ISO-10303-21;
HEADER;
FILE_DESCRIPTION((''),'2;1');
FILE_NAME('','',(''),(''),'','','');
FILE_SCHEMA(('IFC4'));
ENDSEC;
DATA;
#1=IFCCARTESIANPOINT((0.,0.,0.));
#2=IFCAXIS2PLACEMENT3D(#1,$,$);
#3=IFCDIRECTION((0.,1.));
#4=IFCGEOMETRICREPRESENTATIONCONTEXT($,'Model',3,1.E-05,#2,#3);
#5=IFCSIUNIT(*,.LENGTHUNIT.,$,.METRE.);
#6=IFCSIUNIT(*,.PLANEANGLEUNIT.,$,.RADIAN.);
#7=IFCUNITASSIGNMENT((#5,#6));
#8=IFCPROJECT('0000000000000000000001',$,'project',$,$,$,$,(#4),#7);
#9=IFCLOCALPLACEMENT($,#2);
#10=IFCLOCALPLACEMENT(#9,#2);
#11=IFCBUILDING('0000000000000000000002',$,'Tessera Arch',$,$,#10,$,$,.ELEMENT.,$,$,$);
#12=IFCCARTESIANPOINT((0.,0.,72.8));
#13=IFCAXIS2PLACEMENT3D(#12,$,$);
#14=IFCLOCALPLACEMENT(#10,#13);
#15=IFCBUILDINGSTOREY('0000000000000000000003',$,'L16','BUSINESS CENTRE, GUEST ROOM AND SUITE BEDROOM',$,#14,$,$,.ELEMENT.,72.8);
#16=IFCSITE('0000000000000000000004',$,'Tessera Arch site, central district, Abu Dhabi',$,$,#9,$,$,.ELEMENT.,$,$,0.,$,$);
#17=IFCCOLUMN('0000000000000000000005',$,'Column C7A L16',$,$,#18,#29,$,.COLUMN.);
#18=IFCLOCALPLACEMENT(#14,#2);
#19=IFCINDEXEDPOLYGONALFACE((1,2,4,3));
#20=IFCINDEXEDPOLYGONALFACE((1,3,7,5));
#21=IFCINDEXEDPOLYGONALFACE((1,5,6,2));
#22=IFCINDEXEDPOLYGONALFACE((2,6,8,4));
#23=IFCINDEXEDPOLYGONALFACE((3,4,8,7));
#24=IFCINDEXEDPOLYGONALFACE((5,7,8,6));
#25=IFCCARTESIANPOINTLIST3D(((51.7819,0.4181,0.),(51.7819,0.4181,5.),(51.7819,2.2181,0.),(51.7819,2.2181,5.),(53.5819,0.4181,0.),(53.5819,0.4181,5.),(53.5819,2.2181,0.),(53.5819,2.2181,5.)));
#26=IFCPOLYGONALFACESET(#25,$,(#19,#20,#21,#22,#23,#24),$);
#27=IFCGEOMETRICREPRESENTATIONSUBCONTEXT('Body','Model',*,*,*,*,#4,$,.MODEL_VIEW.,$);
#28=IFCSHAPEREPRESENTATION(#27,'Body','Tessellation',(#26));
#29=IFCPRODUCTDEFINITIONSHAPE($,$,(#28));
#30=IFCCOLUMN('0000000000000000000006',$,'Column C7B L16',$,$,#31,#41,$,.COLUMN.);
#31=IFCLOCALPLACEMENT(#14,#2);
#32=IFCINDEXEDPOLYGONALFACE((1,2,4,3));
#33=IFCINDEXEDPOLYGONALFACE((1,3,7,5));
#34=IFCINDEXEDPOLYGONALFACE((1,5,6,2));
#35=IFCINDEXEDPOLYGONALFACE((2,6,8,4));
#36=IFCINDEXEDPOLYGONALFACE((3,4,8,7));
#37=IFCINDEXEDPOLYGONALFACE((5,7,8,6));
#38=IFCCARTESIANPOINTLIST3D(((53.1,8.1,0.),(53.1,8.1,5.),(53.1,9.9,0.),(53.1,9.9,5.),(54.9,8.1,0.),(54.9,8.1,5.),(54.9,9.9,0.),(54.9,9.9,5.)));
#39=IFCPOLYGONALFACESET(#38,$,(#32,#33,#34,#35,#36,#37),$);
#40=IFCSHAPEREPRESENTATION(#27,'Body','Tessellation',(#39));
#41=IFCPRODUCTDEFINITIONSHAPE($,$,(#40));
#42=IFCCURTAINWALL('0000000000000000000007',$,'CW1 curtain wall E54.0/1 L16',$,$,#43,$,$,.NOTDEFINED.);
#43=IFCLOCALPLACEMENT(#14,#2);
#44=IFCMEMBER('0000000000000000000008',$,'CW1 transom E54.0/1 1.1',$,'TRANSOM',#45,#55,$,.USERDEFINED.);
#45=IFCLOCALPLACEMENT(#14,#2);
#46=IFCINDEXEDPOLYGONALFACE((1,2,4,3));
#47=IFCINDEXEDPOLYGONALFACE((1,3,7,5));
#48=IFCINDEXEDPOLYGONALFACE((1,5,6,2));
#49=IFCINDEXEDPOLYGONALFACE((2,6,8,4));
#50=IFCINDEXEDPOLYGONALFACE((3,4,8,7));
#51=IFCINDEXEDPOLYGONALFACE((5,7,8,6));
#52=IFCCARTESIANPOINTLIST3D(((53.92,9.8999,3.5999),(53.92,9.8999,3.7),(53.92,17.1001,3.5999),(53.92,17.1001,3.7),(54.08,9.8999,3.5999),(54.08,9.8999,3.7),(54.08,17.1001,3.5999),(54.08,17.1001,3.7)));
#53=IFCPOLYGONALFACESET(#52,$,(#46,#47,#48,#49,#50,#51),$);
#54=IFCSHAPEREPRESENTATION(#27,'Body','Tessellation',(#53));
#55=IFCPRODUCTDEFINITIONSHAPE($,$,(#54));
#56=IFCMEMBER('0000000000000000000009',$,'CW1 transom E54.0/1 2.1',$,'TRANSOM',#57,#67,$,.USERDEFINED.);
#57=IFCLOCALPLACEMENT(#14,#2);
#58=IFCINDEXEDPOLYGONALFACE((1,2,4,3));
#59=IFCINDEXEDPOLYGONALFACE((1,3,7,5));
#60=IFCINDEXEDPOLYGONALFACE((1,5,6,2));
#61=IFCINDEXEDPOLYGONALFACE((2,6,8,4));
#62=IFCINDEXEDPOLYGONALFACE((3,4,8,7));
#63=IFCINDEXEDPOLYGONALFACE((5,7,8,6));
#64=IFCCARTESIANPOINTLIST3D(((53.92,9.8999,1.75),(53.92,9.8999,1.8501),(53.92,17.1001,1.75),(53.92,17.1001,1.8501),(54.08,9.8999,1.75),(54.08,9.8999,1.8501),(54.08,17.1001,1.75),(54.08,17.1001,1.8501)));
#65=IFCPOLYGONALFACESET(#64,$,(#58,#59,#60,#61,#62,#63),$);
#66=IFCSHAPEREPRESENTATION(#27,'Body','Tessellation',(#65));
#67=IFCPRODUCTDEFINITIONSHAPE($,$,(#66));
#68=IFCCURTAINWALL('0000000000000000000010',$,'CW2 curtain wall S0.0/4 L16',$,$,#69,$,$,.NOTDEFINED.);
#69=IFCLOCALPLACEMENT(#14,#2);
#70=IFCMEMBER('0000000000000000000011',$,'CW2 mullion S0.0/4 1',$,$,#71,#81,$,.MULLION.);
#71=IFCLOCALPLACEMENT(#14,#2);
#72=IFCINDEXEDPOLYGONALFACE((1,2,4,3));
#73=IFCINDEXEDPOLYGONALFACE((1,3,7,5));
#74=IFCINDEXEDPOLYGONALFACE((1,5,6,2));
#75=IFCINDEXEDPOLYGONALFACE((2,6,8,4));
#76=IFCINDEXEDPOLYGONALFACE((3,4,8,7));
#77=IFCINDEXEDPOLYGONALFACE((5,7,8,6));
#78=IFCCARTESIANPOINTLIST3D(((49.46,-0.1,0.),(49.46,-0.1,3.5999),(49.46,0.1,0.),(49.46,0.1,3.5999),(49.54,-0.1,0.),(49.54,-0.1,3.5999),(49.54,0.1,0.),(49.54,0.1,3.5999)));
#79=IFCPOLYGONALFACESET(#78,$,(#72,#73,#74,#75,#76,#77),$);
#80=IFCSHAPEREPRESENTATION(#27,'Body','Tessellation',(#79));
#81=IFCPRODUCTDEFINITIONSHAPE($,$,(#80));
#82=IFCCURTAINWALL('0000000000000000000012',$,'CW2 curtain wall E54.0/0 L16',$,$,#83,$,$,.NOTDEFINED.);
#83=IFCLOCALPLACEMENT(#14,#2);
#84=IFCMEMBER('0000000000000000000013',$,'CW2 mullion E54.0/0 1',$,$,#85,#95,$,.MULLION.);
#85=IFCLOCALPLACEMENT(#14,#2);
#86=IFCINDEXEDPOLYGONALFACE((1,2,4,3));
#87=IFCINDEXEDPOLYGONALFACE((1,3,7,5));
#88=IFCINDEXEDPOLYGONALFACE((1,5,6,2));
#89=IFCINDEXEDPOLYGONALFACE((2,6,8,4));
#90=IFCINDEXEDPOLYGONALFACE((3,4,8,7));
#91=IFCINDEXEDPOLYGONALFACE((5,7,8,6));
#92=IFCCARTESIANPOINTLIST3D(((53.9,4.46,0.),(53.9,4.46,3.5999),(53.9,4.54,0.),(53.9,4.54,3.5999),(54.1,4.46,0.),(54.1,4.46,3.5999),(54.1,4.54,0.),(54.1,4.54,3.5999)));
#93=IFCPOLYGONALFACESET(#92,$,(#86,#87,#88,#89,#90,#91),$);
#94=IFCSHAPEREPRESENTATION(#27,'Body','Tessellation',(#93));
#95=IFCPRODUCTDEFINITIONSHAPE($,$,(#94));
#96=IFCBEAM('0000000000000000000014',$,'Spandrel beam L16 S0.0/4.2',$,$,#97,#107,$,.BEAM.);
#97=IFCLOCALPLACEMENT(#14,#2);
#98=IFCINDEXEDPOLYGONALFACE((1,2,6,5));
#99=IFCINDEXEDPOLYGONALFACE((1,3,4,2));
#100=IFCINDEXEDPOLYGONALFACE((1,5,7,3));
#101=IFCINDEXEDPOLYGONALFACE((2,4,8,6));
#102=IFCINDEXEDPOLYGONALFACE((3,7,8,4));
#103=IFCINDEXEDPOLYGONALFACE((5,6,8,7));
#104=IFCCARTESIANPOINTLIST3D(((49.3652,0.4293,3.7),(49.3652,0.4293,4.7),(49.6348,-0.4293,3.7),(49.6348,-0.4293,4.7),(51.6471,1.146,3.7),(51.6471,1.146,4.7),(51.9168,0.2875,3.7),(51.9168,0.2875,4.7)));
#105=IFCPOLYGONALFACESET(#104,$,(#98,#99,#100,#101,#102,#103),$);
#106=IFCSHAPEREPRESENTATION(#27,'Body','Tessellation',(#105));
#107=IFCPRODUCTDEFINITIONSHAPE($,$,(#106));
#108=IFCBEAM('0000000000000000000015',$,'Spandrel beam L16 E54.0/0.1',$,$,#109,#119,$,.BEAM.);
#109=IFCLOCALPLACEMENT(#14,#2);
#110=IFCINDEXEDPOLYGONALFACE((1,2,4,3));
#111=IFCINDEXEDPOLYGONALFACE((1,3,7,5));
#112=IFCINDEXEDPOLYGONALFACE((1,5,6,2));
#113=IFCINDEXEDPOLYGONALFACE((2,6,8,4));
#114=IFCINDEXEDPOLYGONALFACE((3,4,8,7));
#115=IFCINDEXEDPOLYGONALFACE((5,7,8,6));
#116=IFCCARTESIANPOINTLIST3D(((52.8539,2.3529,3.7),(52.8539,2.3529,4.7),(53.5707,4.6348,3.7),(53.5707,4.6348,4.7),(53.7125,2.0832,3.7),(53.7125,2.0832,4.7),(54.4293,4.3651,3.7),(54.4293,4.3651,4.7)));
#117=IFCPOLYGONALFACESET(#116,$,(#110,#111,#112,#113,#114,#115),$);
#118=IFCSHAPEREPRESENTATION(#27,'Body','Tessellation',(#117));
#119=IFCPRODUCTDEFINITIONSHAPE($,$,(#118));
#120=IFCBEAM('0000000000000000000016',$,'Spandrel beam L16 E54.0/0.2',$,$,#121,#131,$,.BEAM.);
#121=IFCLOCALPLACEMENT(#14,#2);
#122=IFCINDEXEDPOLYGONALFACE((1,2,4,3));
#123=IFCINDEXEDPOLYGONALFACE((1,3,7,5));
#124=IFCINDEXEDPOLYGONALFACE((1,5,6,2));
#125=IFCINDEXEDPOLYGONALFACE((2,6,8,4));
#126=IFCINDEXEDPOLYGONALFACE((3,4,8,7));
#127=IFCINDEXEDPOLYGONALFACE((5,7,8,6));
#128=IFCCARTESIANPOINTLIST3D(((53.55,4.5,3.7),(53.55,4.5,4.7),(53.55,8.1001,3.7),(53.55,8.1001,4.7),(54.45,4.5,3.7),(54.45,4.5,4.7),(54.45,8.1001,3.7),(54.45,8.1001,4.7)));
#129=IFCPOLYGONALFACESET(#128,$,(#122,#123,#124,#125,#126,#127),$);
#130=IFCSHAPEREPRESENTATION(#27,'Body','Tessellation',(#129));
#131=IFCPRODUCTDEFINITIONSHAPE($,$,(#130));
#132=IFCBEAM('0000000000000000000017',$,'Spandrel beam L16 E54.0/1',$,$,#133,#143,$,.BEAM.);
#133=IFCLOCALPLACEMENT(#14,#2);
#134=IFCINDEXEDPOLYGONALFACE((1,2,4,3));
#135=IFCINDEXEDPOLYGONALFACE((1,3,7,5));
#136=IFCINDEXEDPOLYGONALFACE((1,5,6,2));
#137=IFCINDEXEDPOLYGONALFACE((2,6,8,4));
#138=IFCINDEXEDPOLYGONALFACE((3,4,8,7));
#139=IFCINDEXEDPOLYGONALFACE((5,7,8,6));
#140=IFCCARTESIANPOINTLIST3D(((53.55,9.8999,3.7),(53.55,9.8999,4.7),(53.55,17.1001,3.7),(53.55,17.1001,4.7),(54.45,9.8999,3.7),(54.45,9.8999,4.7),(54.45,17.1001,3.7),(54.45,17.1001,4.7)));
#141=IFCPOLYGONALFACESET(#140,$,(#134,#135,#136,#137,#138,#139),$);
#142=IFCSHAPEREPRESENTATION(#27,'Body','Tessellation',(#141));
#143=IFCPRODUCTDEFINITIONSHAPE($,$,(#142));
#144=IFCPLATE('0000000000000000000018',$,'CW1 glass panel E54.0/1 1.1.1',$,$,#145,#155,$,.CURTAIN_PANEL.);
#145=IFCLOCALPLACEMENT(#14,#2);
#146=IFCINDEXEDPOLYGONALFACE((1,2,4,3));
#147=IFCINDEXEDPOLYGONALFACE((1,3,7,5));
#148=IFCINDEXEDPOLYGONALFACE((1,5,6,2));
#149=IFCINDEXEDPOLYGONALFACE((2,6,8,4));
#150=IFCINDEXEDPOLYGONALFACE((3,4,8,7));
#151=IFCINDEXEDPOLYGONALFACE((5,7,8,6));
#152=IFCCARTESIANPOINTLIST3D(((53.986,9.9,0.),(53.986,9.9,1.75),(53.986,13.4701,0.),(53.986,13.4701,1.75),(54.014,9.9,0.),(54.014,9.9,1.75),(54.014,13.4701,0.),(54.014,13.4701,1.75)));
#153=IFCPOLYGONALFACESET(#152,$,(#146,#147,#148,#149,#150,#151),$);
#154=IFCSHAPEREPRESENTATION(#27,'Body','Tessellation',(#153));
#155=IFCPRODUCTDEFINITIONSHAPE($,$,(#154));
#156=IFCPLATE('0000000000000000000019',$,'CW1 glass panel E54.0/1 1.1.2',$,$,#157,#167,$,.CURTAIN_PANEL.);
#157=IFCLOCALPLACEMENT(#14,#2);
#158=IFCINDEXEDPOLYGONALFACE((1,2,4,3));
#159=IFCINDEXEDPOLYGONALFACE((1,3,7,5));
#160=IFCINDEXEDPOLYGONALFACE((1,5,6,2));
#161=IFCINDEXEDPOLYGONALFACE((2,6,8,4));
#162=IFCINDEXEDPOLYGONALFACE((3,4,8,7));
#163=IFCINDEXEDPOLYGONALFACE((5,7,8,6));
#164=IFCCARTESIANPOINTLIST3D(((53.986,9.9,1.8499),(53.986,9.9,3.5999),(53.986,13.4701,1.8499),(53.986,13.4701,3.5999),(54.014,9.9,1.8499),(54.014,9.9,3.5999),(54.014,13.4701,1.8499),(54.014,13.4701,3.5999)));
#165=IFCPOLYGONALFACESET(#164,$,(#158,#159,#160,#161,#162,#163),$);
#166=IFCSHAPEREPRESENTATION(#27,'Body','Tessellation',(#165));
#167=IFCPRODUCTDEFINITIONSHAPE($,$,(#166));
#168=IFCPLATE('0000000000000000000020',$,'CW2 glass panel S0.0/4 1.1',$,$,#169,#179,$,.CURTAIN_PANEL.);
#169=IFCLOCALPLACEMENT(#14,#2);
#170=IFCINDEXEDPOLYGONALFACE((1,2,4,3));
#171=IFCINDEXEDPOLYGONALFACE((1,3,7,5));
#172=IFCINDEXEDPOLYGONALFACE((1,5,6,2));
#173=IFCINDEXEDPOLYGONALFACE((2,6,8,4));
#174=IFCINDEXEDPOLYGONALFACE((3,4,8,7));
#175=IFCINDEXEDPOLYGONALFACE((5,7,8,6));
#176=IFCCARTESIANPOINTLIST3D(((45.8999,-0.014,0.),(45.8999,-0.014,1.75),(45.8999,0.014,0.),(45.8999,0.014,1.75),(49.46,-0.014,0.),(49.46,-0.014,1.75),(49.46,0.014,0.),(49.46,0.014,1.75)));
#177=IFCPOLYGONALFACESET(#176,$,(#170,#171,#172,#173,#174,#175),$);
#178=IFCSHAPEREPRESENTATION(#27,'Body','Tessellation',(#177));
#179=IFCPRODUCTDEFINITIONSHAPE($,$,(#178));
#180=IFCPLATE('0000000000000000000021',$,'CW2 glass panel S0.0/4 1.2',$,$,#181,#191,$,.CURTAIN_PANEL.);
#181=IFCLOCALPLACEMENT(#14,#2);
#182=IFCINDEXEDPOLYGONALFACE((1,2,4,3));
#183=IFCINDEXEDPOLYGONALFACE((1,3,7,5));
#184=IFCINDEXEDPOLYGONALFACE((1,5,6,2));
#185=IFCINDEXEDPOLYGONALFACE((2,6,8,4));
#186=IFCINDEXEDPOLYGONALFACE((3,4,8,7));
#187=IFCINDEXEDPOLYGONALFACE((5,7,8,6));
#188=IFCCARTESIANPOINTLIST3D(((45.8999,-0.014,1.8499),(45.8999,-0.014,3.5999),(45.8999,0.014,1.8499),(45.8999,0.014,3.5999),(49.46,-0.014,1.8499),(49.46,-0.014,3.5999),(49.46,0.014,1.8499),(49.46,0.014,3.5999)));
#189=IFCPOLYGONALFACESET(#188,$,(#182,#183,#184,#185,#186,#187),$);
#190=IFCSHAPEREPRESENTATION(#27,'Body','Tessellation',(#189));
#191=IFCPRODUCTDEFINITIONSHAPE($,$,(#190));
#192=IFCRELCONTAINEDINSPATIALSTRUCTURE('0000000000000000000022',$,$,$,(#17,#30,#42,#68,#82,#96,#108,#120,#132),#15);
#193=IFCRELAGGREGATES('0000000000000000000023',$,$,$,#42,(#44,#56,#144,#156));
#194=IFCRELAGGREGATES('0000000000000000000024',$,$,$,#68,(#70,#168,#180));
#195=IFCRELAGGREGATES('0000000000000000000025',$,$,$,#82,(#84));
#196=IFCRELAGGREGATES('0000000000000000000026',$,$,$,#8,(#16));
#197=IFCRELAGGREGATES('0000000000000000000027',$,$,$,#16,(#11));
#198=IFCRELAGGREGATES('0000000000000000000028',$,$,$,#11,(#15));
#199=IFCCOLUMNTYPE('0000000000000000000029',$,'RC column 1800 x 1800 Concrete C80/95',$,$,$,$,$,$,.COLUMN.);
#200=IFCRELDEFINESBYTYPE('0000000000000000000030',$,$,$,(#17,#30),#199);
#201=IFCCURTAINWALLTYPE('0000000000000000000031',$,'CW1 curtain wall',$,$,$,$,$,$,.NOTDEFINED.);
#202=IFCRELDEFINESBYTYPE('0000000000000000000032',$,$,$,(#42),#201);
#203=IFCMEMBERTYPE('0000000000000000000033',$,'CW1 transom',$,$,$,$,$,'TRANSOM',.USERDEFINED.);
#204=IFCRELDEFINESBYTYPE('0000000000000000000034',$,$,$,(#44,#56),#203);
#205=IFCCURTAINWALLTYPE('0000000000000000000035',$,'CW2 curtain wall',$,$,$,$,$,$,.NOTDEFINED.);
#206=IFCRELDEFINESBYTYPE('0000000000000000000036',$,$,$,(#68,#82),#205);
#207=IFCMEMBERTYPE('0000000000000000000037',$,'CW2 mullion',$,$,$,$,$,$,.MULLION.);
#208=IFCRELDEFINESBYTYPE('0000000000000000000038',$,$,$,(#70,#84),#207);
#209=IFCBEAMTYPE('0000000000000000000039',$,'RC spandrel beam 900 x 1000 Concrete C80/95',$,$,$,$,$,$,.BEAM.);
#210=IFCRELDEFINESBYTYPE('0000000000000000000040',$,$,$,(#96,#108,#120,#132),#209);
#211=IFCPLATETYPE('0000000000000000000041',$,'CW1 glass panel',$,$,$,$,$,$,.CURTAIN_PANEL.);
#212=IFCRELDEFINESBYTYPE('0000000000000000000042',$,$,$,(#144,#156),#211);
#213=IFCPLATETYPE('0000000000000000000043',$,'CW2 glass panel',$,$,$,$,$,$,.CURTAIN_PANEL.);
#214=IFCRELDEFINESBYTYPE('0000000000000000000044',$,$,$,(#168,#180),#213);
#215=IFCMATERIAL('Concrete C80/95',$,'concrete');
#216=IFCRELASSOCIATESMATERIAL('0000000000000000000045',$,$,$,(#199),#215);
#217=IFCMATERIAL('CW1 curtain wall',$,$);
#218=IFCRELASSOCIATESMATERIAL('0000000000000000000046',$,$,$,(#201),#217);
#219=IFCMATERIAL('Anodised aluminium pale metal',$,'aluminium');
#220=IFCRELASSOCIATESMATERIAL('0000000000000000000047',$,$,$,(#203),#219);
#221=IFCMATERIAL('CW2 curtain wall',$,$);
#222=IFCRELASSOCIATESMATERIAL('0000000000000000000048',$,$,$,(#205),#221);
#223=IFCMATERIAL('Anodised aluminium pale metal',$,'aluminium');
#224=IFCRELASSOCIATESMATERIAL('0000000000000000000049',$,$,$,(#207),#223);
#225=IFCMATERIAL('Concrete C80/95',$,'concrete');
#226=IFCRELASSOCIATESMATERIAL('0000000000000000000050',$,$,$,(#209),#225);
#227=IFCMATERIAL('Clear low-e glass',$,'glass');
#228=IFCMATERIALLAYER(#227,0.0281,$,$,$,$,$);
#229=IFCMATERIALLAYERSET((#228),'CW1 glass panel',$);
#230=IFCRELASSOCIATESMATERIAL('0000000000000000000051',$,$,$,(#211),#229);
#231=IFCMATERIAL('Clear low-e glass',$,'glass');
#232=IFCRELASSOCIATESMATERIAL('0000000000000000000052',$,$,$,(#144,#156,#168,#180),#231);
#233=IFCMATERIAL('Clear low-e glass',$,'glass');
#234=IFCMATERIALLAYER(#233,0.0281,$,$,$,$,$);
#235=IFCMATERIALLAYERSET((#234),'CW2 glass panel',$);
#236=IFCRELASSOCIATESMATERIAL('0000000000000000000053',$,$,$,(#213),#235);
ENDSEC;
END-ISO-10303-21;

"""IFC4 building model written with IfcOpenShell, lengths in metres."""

from ifc_helpers import new_model, si_unit, direction, frame, origin, origin_2d, place, context, subcontext, project, spatial, rectangle, extrude, material, layer, layer_set, material_profile, profile_set, type_object, element, aggregate, save


model = new_model("IFC4")

# Units and contexts
model_context = context("Model", 3, precision=1e-05, world=origin(), true_north=direction((0.0, 1.0)))
body_context = subcontext(model_context, "Body", "Model", "MODEL_VIEW")
ifc_project = project(units=[si_unit("LENGTHUNIT", "METRE"), si_unit("PLANEANGLEUNIT", "RADIAN")], contexts=[model_context])

# Site, building, storey
site_placement = place(None, origin())
site = spatial("IfcSite", under=ifc_project, at=site_placement, Name="Tessera Arch site, central district, Abu Dhabi", CompositionType="ELEMENT", RefElevation=0.0)
building_placement = place(site_placement, origin())
building = spatial("IfcBuilding", under=site, at=building_placement, Name="Tessera Arch", CompositionType="ELEMENT")
storey_placement = place(building_placement, frame((0.0, 0.0, 72.8)))
storey = spatial("IfcBuildingStorey", under=building, at=storey_placement, Name="L16", Description="BUSINESS CENTRE, GUEST ROOM AND SUITE BEDROOM", CompositionType="ELEMENT", Elevation=72.8)

# Columns
ifc_material_1 = material(Name="Concrete C80/95", Category="concrete")
ifc_material_profile_1 = material_profile(ifc_material_1, rectangle(XDim=1.8, YDim=1.8, at=origin_2d()), Name="RC column 1800 x 1800 Concrete C80/95")
ifc_profile_set_1 = profile_set([ifc_material_profile_1], Name="Concrete C80/95")
column_type = type_object("IfcColumnType", Name="RC column 1800 x 1800 Concrete C80/95", PredefinedType="COLUMN", material=ifc_profile_set_1)
for number, where, z_axis, x_axis, name in (
    (1, (52.6819, 1.3181, 0.0), (0.0, 0.0, 1.0), (1.0, 0.0, 0.0), "Column C7A L16"),
    (2, (54.0, 9.0, 0.0), (0.0, 0.0, 1.0), (1.0, 0.0, 0.0), "Column C7B L16"),
):
    element("IfcColumn", number, at=place(storey_placement, frame(where, z_axis=z_axis, x_axis=x_axis)), inside=storey, type_object=column_type, Name=name, PredefinedType="COLUMN", context=body_context, shape_type="SweptSolid", body=[
        extrude(rectangle(XDim=1.8, YDim=1.8, at=origin_2d()), origin(), (0.0, 0.0, 1.0), 5.0),
    ])

# Curtain wall, members
ifc_material_2 = material(Name="CW1 curtain wall")
curtain_wall_type_1 = type_object("IfcCurtainWallType", Name="CW1 curtain wall", PredefinedType="NOTDEFINED", material=ifc_material_2)
curtain_wall_1_placement = place(storey_placement, origin())
curtain_wall_1 = element("IfcCurtainWall", 3, at=curtain_wall_1_placement, inside=storey, type_object=curtain_wall_type_1, Name="CW1 curtain wall E54.0/1 L16", PredefinedType="NOTDEFINED")
ifc_material_3 = material(Name="Anodised aluminium pale metal", Category="aluminium")
ifc_material_profile_2 = material_profile(ifc_material_3, rectangle(XDim=0.1599, YDim=0.1001, at=origin_2d()), Name="AL 160x100")
ifc_profile_set_2 = profile_set([ifc_material_profile_2], Name="Anodised aluminium pale metal")
member_type_1 = type_object("IfcMemberType", Name="CW1 transom", ElementType="TRANSOM", PredefinedType="USERDEFINED", material=ifc_profile_set_2)
member_1_placement = place(storey_placement, frame((54.0, 9.8999, 3.6499), z_axis=(0.0, 1.0, 0.0), x_axis=(-1.0, 0.0, 0.0)))
member_1 = element("IfcMember", 4, at=member_1_placement, type_object=member_type_1, Name="CW1 transom E54.0/1 1.1", ObjectType="TRANSOM", PredefinedType="USERDEFINED", context=body_context, shape_type="SweptSolid", body=[
    extrude(rectangle(XDim=0.1599, YDim=0.1001, at=origin_2d()), origin(), (0.0, 0.0, 1.0), 7.2002),
])
member_2_placement = place(storey_placement, frame((54.0, 9.8999, 1.8), z_axis=(0.0, 1.0, 0.0), x_axis=(-1.0, 0.0, 0.0)))
member_2 = element("IfcMember", 5, at=member_2_placement, type_object=member_type_1, Name="CW1 transom E54.0/1 2.1", ObjectType="TRANSOM", PredefinedType="USERDEFINED", context=body_context, shape_type="SweptSolid", body=[
    extrude(rectangle(XDim=0.1599, YDim=0.1001, at=origin_2d()), origin(), (0.0, 0.0, 1.0), 7.2002),
])

# Curtain walls, members
ifc_material_4 = material(Name="CW2 curtain wall")
curtain_wall_type_2 = type_object("IfcCurtainWallType", Name="CW2 curtain wall", PredefinedType="NOTDEFINED", material=ifc_material_4)
curtain_wall_2_placement = place(storey_placement, origin())
curtain_wall_2 = element("IfcCurtainWall", 6, at=curtain_wall_2_placement, inside=storey, type_object=curtain_wall_type_2, Name="CW2 curtain wall S0.0/4 L16", PredefinedType="NOTDEFINED")
ifc_material_5 = material(Name="Anodised aluminium pale metal", Category="aluminium")
ifc_material_profile_3 = material_profile(ifc_material_5, rectangle(XDim=0.2, YDim=0.0801, at=origin_2d()), Name="AL 80x200")
ifc_profile_set_3 = profile_set([ifc_material_profile_3], Name="Anodised aluminium pale metal")
member_type_2 = type_object("IfcMemberType", Name="CW2 mullion", PredefinedType="MULLION", material=ifc_profile_set_3)
member_3_placement = place(storey_placement, frame((49.5, 0.0, 0.0), z_axis=(0.0, 0.0, 1.0), x_axis=(0.0, 1.0, 0.0)))
member_3 = element("IfcMember", 7, at=member_3_placement, type_object=member_type_2, Name="CW2 mullion S0.0/4 1", PredefinedType="MULLION", context=body_context, shape_type="SweptSolid", body=[
    extrude(rectangle(XDim=0.2, YDim=0.0801, at=origin_2d()), origin(), (0.0, 0.0, 1.0), 3.5999),
])
curtain_wall_3_placement = place(storey_placement, origin())
curtain_wall_3 = element("IfcCurtainWall", 8, at=curtain_wall_3_placement, inside=storey, type_object=curtain_wall_type_2, Name="CW2 curtain wall E54.0/0 L16", PredefinedType="NOTDEFINED")
member_4_placement = place(storey_placement, frame((54.0, 4.5, 0.0), z_axis=(0.0, 0.0, 1.0), x_axis=(-1.0, 0.0, 0.0)))
member_4 = element("IfcMember", 9, at=member_4_placement, type_object=member_type_2, Name="CW2 mullion E54.0/0 1", PredefinedType="MULLION", context=body_context, shape_type="SweptSolid", body=[
    extrude(rectangle(XDim=0.2, YDim=0.0801, at=origin_2d()), origin(), (0.0, 0.0, 1.0), 3.5999),
])

# Beams
ifc_material_6 = material(Name="Concrete C80/95", Category="concrete")
ifc_material_profile_4 = material_profile(ifc_material_6, rectangle(XDim=0.8999, YDim=1.0, at=origin_2d()), Name="RC spandrel beam 900 x 1000 Concrete C80/95")
ifc_profile_set_4 = profile_set([ifc_material_profile_4], Name="Concrete C80/95")
beam_type = type_object("IfcBeamType", Name="RC spandrel beam 900 x 1000 Concrete C80/95", PredefinedType="BEAM", material=ifc_profile_set_4)
for number, where, z_axis, x_axis, name in (
    (10, (49.5, 0.0, 4.2), (0.954041, 0.299675, 0.0), (-0.299675, 0.954041, 0.0), "Spandrel beam L16 S0.0/4.2"),
    (11, (53.2832, 2.218, 4.2), (0.299675, 0.954041, 0.0), (-0.954041, 0.299675, 0.0), "Spandrel beam L16 E54.0/0.1"),
):
    element("IfcBeam", number, at=place(storey_placement, frame(where, z_axis=z_axis, x_axis=x_axis)), inside=storey, type_object=beam_type, Name=name, PredefinedType="BEAM", context=body_context, shape_type="SweptSolid", body=[
        extrude(rectangle(XDim=0.8999, YDim=1.0, at=origin_2d()), origin(), (0.0, 0.0, 1.0), 2.3918),
    ])
beam_1_placement = place(storey_placement, frame((54.0, 4.5, 4.2), z_axis=(0.0, 1.0, 0.0), x_axis=(-1.0, 0.0, 0.0)))
element("IfcBeam", 12, at=beam_1_placement, inside=storey, type_object=beam_type, Name="Spandrel beam L16 E54.0/0.2", PredefinedType="BEAM", context=body_context, shape_type="SweptSolid", body=[
    extrude(rectangle(XDim=0.8999, YDim=1.0, at=origin_2d()), origin(), (0.0, 0.0, 1.0), 3.6001),
])
beam_2_placement = place(storey_placement, frame((54.0, 9.8999, 4.2), z_axis=(0.0, 1.0, 0.0), x_axis=(-1.0, 0.0, 0.0)))
element("IfcBeam", 13, at=beam_2_placement, inside=storey, type_object=beam_type, Name="Spandrel beam L16 E54.0/1", PredefinedType="BEAM", context=body_context, shape_type="SweptSolid", body=[
    extrude(rectangle(XDim=0.8999, YDim=1.0, at=origin_2d()), origin(), (0.0, 0.0, 1.0), 7.2002),
])

# Plates
ifc_material_7 = material(Name="Clear low-e glass", Category="glass")
ifc_material_8 = material(Name="Clear low-e glass", Category="glass")
ifc_layer_1 = layer(ifc_material_8, 0.0281)
ifc_layer_set_1 = layer_set([ifc_layer_1], Name="CW1 glass panel")
plate_type_1 = type_object("IfcPlateType", Name="CW1 glass panel", PredefinedType="CURTAIN_PANEL", material=ifc_layer_set_1)
plate_1_placement = place(storey_placement, frame((54.0, 11.6851, 0.0), z_axis=(0.0, 0.0, 1.0), x_axis=(0.0, 1.0, 0.0)))
plate_1 = element("IfcPlate", 14, at=plate_1_placement, type_object=plate_type_1, material=ifc_material_7, Name="CW1 glass panel E54.0/1 1.1.1", PredefinedType="CURTAIN_PANEL", context=body_context, shape_type="SweptSolid", body=[
    extrude(rectangle(XDim=3.5701, YDim=0.0281, at=origin_2d()), origin(), (0.0, 0.0, 1.0), 1.75),
])
plate_2_placement = place(storey_placement, frame((54.0, 11.6851, 1.8499), z_axis=(0.0, 0.0, 1.0), x_axis=(0.0, 1.0, 0.0)))
plate_2 = element("IfcPlate", 15, at=plate_2_placement, type_object=plate_type_1, material=ifc_material_7, Name="CW1 glass panel E54.0/1 1.1.2", PredefinedType="CURTAIN_PANEL", context=body_context, shape_type="SweptSolid", body=[
    extrude(rectangle(XDim=3.5701, YDim=0.0281, at=origin_2d()), origin(), (0.0, 0.0, 1.0), 1.75),
])
aggregate(curtain_wall_1, [member_1, member_2, plate_1, plate_2])
ifc_material_9 = material(Name="Clear low-e glass", Category="glass")
ifc_layer_2 = layer(ifc_material_9, 0.0281)
ifc_layer_set_2 = layer_set([ifc_layer_2], Name="CW2 glass panel")
plate_type_2 = type_object("IfcPlateType", Name="CW2 glass panel", PredefinedType="CURTAIN_PANEL", material=ifc_layer_set_2)
plate_3_placement = place(storey_placement, frame((47.6799, 0.0, 0.0), z_axis=(0.0, 0.0, 1.0), x_axis=(1.0, 0.0, 0.0)))
plate_3 = element("IfcPlate", 16, at=plate_3_placement, type_object=plate_type_2, material=ifc_material_7, Name="CW2 glass panel S0.0/4 1.1", PredefinedType="CURTAIN_PANEL", context=body_context, shape_type="SweptSolid", body=[
    extrude(rectangle(XDim=3.5601, YDim=0.0281, at=origin_2d()), origin(), (0.0, 0.0, 1.0), 1.75),
])
plate_4_placement = place(storey_placement, frame((47.6799, 0.0, 1.8499), z_axis=(0.0, 0.0, 1.0), x_axis=(1.0, 0.0, 0.0)))
plate_4 = element("IfcPlate", 17, at=plate_4_placement, type_object=plate_type_2, material=ifc_material_7, Name="CW2 glass panel S0.0/4 1.2", PredefinedType="CURTAIN_PANEL", context=body_context, shape_type="SweptSolid", body=[
    extrude(rectangle(XDim=3.5601, YDim=0.0281, at=origin_2d()), origin(), (0.0, 0.0, 1.0), 1.75),
])
aggregate(curtain_wall_2, [member_3, plate_3, plate_4])
aggregate(curtain_wall_3, [member_4])

save(model, "model.ifc")
